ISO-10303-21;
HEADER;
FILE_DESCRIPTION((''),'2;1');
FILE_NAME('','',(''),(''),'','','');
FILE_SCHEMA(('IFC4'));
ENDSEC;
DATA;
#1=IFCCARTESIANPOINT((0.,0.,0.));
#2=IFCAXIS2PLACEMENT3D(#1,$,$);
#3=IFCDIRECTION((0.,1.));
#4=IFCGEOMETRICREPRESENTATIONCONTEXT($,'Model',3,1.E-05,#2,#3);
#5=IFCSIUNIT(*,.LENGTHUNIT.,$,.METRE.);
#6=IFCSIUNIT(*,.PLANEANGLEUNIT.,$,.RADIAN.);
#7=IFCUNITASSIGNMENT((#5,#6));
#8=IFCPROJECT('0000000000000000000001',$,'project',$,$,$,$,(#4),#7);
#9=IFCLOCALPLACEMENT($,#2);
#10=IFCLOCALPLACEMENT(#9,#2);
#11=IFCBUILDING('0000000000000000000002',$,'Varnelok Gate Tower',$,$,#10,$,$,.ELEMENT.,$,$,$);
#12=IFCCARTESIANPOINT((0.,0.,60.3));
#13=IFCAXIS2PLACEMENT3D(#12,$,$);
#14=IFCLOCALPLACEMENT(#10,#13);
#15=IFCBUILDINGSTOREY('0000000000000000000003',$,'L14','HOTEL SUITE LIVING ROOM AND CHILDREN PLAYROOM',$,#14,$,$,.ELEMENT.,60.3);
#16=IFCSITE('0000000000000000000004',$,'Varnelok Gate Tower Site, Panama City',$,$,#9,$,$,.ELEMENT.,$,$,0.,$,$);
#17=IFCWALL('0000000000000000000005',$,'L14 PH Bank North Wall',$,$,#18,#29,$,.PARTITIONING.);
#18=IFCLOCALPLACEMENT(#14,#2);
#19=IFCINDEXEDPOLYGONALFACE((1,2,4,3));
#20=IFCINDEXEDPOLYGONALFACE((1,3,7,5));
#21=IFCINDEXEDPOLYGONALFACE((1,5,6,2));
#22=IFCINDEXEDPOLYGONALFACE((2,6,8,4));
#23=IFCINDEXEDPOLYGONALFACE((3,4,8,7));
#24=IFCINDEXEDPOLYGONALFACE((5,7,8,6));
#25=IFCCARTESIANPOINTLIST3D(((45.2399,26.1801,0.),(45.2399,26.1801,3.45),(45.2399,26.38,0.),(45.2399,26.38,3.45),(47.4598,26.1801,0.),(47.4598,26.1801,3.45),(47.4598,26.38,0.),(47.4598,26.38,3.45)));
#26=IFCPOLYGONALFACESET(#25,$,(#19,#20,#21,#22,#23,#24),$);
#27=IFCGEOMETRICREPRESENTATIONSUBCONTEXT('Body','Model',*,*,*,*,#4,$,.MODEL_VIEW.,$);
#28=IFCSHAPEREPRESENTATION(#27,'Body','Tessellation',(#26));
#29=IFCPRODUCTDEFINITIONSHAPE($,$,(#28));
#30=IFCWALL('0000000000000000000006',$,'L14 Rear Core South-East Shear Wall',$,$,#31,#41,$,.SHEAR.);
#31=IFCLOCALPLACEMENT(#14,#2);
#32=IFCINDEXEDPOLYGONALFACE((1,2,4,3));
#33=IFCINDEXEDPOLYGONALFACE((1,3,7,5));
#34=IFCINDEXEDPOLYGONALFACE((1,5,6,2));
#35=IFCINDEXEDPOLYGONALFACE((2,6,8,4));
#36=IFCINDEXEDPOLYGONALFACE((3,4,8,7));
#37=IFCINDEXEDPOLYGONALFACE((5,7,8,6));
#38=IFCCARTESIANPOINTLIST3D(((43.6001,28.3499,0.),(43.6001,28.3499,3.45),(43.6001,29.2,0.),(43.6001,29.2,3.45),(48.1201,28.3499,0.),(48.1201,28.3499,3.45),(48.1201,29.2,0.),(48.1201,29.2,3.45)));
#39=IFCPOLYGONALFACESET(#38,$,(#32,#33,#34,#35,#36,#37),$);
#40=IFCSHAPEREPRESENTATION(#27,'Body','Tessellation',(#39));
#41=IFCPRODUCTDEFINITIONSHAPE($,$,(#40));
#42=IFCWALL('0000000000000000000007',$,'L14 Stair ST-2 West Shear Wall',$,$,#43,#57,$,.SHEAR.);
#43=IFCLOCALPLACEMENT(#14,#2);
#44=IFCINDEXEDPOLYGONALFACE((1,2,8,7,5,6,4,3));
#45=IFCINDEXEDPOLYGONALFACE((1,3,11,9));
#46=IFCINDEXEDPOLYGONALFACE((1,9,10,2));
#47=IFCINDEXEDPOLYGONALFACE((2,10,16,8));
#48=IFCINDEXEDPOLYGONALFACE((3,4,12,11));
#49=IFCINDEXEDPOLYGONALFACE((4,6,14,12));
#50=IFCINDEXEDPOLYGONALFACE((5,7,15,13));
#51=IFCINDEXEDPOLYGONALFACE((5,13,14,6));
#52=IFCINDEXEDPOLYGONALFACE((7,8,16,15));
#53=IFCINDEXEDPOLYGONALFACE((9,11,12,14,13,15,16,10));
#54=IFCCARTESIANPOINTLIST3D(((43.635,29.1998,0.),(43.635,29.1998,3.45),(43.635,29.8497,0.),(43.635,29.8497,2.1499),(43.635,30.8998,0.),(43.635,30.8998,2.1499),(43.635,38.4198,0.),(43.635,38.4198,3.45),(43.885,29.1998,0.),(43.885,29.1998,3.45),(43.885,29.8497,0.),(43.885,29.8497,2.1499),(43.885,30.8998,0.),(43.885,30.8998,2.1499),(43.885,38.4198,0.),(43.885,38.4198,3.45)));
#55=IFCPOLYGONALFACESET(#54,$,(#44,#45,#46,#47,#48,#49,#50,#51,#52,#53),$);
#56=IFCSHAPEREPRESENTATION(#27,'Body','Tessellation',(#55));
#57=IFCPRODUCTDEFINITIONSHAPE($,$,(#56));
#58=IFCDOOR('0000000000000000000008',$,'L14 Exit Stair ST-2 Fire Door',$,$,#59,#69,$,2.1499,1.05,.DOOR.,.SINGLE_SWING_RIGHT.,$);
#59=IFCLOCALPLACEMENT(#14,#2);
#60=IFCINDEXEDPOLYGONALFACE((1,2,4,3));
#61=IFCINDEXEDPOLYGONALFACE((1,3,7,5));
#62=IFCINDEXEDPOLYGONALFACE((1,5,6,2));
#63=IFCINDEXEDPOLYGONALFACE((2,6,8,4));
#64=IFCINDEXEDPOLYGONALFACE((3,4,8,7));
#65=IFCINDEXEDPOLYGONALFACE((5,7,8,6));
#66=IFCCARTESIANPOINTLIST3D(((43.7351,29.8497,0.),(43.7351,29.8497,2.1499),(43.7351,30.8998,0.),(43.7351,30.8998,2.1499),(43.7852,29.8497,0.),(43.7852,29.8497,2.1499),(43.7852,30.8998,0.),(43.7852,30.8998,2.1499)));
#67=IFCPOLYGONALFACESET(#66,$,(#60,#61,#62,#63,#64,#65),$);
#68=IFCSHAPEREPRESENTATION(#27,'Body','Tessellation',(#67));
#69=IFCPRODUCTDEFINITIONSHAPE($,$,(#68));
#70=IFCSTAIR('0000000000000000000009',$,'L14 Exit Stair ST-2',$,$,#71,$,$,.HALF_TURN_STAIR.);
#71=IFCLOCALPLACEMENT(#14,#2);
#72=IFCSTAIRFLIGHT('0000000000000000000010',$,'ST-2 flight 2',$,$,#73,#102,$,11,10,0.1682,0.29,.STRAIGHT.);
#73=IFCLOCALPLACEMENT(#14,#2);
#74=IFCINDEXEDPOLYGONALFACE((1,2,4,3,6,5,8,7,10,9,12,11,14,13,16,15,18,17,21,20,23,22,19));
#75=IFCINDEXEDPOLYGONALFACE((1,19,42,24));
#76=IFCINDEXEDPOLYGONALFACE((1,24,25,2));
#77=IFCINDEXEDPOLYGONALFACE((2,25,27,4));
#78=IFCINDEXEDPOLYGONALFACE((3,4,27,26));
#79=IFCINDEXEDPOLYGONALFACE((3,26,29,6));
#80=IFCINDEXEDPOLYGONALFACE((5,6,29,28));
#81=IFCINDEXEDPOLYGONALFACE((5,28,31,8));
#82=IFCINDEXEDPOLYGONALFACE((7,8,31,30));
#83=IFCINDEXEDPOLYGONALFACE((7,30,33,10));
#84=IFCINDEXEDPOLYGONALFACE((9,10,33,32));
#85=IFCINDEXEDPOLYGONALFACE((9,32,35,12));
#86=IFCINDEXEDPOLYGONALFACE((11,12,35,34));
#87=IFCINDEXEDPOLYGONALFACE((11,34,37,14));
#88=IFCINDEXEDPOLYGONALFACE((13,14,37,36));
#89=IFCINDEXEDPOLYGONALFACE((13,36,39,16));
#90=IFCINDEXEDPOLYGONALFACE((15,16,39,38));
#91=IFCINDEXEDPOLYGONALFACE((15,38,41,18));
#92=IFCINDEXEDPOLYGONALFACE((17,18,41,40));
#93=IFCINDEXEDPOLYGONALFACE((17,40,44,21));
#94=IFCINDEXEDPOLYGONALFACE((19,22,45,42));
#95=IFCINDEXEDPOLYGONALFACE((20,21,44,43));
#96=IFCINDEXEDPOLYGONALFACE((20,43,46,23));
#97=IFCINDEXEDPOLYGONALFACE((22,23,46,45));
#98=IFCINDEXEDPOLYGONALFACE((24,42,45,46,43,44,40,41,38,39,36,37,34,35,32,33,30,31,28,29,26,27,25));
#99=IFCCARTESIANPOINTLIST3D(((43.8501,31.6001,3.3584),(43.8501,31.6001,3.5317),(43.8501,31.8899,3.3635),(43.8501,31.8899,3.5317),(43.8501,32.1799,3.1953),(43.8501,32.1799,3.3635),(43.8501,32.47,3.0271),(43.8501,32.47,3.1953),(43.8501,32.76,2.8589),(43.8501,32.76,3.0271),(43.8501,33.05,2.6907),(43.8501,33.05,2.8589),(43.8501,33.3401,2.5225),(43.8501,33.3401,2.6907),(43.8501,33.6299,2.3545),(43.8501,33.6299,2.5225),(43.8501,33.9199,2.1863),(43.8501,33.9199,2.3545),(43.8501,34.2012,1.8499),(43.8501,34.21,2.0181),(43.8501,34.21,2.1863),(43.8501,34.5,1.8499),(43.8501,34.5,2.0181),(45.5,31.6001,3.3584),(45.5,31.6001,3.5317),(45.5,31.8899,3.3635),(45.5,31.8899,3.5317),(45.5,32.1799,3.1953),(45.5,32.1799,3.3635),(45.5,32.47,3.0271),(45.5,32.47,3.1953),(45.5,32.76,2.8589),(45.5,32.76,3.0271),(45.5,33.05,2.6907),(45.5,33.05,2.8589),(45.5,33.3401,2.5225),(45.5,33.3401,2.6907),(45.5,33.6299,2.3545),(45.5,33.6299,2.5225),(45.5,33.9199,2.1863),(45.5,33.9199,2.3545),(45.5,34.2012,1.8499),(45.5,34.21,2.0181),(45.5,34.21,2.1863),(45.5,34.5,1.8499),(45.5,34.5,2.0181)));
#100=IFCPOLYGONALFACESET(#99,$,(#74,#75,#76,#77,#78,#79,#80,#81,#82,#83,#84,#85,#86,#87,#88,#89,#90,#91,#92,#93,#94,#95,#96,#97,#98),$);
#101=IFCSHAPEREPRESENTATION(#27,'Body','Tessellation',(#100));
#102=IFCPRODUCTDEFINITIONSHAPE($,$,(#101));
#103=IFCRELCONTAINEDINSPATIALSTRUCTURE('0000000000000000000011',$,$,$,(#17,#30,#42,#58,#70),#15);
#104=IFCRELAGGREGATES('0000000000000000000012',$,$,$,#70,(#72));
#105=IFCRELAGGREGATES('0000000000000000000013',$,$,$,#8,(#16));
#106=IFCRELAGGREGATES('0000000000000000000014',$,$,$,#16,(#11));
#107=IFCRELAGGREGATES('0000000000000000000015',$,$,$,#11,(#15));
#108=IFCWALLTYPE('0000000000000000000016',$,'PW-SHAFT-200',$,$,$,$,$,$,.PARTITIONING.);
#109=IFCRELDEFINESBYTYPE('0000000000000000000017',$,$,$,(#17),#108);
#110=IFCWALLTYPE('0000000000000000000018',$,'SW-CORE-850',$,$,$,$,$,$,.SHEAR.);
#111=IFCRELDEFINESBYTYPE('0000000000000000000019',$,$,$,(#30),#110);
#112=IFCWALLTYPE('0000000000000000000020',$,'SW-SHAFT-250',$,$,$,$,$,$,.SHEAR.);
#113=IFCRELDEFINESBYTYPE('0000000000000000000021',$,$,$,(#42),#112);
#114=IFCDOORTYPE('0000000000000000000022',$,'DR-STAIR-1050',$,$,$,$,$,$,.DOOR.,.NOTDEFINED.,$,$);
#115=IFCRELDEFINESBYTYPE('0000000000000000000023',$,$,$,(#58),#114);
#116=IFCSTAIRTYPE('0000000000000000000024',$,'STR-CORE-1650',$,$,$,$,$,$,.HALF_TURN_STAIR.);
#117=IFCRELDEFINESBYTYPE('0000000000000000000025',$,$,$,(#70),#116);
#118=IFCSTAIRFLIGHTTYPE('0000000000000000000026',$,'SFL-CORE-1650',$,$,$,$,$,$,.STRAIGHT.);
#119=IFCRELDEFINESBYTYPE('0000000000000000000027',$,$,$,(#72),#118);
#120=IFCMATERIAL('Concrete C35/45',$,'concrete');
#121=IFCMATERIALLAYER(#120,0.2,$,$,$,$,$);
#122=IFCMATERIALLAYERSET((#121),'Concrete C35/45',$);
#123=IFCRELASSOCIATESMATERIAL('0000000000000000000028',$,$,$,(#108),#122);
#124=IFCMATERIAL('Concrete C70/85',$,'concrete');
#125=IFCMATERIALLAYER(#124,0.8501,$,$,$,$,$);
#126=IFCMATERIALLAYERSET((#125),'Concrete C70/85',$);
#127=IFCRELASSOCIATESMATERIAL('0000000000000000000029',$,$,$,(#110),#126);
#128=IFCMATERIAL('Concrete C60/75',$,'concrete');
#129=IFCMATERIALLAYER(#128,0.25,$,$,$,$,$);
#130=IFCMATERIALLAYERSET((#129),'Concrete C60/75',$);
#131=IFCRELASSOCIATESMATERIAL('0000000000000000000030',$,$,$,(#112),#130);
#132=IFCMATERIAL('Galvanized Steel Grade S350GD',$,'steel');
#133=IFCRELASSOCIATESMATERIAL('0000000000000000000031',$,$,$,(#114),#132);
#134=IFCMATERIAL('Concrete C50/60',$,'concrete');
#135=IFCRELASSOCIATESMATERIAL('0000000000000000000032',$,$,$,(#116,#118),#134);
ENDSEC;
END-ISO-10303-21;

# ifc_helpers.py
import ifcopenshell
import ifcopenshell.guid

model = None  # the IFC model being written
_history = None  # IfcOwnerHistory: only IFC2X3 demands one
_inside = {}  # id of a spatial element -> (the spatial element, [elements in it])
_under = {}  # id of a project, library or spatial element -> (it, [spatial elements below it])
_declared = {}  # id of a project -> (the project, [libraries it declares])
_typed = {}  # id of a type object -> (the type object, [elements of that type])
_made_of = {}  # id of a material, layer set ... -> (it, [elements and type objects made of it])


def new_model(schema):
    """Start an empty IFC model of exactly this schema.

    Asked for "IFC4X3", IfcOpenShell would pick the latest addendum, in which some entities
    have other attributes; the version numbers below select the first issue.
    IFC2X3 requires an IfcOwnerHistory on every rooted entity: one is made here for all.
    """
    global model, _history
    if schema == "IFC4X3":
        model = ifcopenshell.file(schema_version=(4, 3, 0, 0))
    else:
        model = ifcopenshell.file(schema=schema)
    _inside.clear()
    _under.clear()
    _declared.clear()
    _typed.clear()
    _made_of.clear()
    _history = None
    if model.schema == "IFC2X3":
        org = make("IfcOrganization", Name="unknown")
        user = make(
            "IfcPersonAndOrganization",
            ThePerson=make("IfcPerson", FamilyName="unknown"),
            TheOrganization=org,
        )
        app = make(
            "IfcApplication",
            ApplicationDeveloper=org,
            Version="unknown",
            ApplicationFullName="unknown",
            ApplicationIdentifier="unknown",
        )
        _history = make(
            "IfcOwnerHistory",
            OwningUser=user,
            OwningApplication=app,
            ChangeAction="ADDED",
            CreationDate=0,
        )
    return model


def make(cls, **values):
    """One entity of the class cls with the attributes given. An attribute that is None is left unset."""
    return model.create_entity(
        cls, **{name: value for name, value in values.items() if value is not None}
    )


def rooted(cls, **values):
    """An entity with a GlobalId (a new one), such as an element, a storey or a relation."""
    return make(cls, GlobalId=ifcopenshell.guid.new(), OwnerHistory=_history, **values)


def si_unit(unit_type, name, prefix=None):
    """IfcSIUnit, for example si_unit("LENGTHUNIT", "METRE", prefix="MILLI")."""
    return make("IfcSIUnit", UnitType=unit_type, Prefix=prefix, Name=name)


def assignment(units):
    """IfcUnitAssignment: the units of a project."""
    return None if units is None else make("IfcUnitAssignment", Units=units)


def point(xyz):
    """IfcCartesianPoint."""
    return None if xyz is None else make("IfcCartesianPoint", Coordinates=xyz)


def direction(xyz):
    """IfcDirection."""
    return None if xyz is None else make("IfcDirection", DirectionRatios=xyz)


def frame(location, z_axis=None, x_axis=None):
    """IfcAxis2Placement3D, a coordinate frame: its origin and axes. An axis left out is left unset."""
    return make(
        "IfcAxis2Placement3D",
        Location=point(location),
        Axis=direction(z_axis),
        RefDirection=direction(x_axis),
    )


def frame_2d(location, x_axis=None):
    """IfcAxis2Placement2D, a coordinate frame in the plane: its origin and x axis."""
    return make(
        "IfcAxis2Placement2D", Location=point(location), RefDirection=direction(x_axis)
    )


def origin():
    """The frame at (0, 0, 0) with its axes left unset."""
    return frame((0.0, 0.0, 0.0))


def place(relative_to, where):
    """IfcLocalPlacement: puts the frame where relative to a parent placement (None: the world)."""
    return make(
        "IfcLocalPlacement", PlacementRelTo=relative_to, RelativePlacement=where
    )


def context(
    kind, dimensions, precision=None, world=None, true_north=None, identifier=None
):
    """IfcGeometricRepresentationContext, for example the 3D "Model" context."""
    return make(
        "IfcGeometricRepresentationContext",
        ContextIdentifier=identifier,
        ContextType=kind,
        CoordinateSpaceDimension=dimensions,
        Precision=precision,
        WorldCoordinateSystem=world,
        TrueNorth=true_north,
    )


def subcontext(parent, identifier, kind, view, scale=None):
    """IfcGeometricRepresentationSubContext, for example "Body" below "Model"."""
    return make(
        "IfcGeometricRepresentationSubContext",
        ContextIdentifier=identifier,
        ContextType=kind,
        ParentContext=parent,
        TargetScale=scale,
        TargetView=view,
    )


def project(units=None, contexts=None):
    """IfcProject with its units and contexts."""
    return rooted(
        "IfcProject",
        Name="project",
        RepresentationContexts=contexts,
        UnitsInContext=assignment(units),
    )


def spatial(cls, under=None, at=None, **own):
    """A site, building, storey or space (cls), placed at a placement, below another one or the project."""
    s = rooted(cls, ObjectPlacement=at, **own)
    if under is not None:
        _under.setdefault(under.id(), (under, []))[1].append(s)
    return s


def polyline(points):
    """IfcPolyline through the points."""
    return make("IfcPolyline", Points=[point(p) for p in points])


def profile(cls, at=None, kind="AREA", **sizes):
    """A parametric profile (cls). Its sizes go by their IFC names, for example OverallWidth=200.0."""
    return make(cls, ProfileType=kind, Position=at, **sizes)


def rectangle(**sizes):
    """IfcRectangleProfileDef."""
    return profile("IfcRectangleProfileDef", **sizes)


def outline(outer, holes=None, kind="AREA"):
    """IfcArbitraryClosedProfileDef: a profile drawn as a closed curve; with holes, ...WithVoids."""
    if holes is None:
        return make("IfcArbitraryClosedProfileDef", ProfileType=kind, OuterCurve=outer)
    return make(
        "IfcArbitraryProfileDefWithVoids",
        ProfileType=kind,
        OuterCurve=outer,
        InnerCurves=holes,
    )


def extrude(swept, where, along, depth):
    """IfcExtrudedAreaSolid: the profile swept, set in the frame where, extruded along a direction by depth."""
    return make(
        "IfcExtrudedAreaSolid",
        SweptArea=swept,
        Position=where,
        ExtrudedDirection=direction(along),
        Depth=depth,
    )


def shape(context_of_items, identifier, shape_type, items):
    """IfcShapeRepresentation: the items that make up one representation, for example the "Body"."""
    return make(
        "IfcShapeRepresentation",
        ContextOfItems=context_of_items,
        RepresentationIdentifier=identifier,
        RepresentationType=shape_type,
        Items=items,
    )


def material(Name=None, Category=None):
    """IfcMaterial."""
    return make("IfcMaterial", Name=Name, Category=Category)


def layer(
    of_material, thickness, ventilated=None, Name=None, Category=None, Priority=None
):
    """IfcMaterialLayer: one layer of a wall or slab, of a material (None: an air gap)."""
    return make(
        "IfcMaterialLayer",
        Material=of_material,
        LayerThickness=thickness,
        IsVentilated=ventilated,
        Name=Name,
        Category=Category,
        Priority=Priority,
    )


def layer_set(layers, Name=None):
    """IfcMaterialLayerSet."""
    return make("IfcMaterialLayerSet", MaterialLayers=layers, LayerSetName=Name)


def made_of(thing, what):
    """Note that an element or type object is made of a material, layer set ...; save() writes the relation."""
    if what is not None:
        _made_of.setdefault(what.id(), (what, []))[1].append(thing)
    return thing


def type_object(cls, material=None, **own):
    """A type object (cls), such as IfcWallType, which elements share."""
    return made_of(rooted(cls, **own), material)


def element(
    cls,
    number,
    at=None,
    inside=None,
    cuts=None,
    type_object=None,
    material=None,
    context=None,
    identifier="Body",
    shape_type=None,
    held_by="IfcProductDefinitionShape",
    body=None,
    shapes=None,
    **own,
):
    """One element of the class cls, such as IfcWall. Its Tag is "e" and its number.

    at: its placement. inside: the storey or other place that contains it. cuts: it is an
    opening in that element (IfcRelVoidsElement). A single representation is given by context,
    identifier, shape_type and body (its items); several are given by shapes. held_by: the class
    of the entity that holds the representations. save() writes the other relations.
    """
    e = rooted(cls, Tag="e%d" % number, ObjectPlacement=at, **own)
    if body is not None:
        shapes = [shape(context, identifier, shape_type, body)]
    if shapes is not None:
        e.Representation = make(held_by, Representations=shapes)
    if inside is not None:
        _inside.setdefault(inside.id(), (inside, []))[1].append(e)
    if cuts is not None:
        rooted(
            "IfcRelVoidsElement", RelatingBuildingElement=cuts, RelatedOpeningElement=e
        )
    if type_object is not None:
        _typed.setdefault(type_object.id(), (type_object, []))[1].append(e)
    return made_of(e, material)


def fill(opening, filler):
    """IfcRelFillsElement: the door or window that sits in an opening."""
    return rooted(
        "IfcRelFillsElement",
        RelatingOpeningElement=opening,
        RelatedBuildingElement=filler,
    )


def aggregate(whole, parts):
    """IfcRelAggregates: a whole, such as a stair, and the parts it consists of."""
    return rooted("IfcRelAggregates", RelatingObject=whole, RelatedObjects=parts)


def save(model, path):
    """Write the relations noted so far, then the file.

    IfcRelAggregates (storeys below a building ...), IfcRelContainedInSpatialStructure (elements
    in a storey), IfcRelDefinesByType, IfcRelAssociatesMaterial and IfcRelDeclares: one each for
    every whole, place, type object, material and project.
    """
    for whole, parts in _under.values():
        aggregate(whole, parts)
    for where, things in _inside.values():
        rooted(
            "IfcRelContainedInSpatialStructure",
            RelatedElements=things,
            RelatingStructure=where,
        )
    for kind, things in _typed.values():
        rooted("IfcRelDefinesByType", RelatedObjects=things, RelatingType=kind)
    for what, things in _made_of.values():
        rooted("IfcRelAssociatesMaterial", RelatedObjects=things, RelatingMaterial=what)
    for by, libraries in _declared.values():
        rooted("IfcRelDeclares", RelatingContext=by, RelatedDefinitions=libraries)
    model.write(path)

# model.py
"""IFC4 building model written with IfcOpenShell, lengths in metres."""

from ifc_helpers import new_model, si_unit, direction, frame, frame_2d, origin, place, context, subcontext, project, spatial, polyline, rectangle, outline, extrude, material, layer, layer_set, type_object, element, fill, aggregate, save


model = new_model("IFC4")

# Units and contexts
model_context = context("Model", 3, precision=1e-05, world=origin(), true_north=direction((0.0, 1.0)))
body_context = subcontext(model_context, "Body", "Model", "MODEL_VIEW")
ifc_project = project(units=[si_unit("LENGTHUNIT", "METRE"), si_unit("PLANEANGLEUNIT", "RADIAN")], contexts=[model_context])

# Site, building, storey
site_placement = place(None, origin())
site = spatial("IfcSite", under=ifc_project, at=site_placement, Name="Varnelok Gate Tower Site, Panama City", CompositionType="ELEMENT", RefElevation=0.0)
building_placement = place(site_placement, origin())
building = spatial("IfcBuilding", under=site, at=building_placement, Name="Varnelok Gate Tower", CompositionType="ELEMENT")
storey_placement = place(building_placement, frame((0.0, 0.0, 60.3)))
storey = spatial("IfcBuildingStorey", under=building, at=storey_placement, Name="L14", Description="HOTEL SUITE LIVING ROOM AND CHILDREN PLAYROOM", CompositionType="ELEMENT", Elevation=60.3)

# Shared definitions
ifc_material_1 = material(Name="Concrete C70/85", Category="concrete")

# Shared definitions
ifc_material_2 = material(Name="Galvanized Steel Grade S350GD", Category="steel")

# Shared definitions
ifc_material_3 = material(Name="Concrete C35/45", Category="concrete")
ifc_layer_1 = layer(ifc_material_3, 0.2)
ifc_layer_set_1 = layer_set([ifc_layer_1], Name="Concrete C35/45")
wall_type_1 = type_object("IfcWallType", Name="PW-SHAFT-200", PredefinedType="PARTITIONING", material=ifc_layer_set_1)

# Walls
for number, where, z_axis, x_axis, name in (
    (1, (45.24, 26.28, 0.0), (0.0, 0.0, 1.0), (1.0, 0.0, 0.0), "L14 PH Bank North Wall"),
):
    element("IfcWall", number, at=place(storey_placement, frame(where, z_axis=z_axis, x_axis=x_axis)), inside=storey, type_object=wall_type_1, Name=name, PredefinedType="PARTITIONING", context=body_context, shape_type="SweptSolid", body=[
        extrude(rectangle(XDim=2.22, YDim=0.2, at=frame_2d((1.1099, 0.0))), origin(), (0.0, 0.0, 1.0), 3.45),
    ])
ifc_layer_2 = layer(ifc_material_1, 0.8501)
ifc_layer_set_2 = layer_set([ifc_layer_2], Name="Concrete C70/85")
wall_type_2 = type_object("IfcWallType", Name="SW-CORE-850", PredefinedType="SHEAR", material=ifc_layer_set_2)
wall_1_placement = place(storey_placement, frame((43.6001, 28.7749, 0.0), z_axis=(0.0, 0.0, 1.0), x_axis=(1.0, 0.0, 0.0)))
element("IfcWall", 2, at=wall_1_placement, inside=storey, type_object=wall_type_2, Name="L14 Rear Core South-East Shear Wall", PredefinedType="SHEAR", context=body_context, shape_type="SweptSolid", body=[
    extrude(rectangle(XDim=4.52, YDim=0.8501, at=frame_2d((2.26, 0.0))), origin(), (0.0, 0.0, 1.0), 3.45),
])

# Wall, opening, door
ifc_material_4 = material(Name="Concrete C60/75", Category="concrete")
ifc_layer_3 = layer(ifc_material_4, 0.25)
ifc_layer_set_3 = layer_set([ifc_layer_3], Name="Concrete C60/75")
wall_type_3 = type_object("IfcWallType", Name="SW-SHAFT-250", PredefinedType="SHEAR", material=ifc_layer_set_3)
wall_2_placement = place(storey_placement, frame((43.76, 29.2, 0.0), z_axis=(0.0, 0.0, 1.0), x_axis=(0.0, 1.0, 0.0)))
wall_2 = element("IfcWall", 3, at=wall_2_placement, inside=storey, type_object=wall_type_3, Name="L14 Stair ST-2 West Shear Wall", PredefinedType="SHEAR", context=body_context, shape_type="SweptSolid", body=[
    extrude(rectangle(XDim=9.22, YDim=0.25, at=frame_2d((4.6099, 0.0))), origin(), (0.0, 0.0, 1.0), 3.45),
])
opening_1_placement = place(wall_2_placement, frame((0.6499, 0.0, 0.0)))
opening_1 = element("IfcOpeningElement", 4, at=opening_1_placement, cuts=wall_2, PredefinedType="OPENING", context=body_context, shape_type="SweptSolid", body=[
    extrude(rectangle(XDim=1.05, YDim=2.1499, at=frame_2d((0.5249, 1.075))), frame((0.0, 0.135, 0.0), z_axis=(0.0, -1.0, 0.0), x_axis=(1.0, 0.0, 0.0)), (0.0, 0.0, 1.0), 0.27),
])
door_type_1 = type_object("IfcDoorType", Name="DR-STAIR-1050", OperationType="NOTDEFINED", PredefinedType="DOOR", material=ifc_material_2)
door_1_placement = place(opening_1_placement, origin())
door_1 = element("IfcDoor", 5, at=door_1_placement, inside=storey, type_object=door_type_1, Name="L14 Exit Stair ST-2 Fire Door", OperationType="SINGLE_SWING_RIGHT", OverallHeight=2.1499, OverallWidth=1.05, PredefinedType="DOOR", context=body_context, shape_type="SweptSolid", body=[
    extrude(rectangle(XDim=1.05, YDim=2.1499, at=frame_2d((0.5249, 1.075))), frame((0.0, 0.0249, 0.0), z_axis=(0.0, -1.0, 0.0), x_axis=(1.0, 0.0, 0.0)), (0.0, 0.0, 1.0), 0.05),
])
fill(opening_1, door_1)

# Stair, stair flight
ifc_material_5 = material(Name="Concrete C50/60", Category="concrete")
stair_type = type_object("IfcStairType", Name="STR-CORE-1650", PredefinedType="HALF_TURN_STAIR", material=ifc_material_5)
stair_placement = place(storey_placement, origin())
stair = element("IfcStair", 6, at=stair_placement, inside=storey, type_object=stair_type, Name="L14 Exit Stair ST-2", PredefinedType="HALF_TURN_STAIR")
stair_flight_type = type_object("IfcStairFlightType", Name="SFL-CORE-1650", PredefinedType="STRAIGHT", material=ifc_material_5)
stair_flight_placement = place(storey_placement, frame((44.675, 34.5, 1.8499), z_axis=(0.0, 0.0, 1.0), x_axis=(0.0, -1.0, 0.0)))
stair_flight = element("IfcStairFlight", 7, at=stair_flight_placement, type_object=stair_flight_type, Name="ST-2 flight 2", NumberOfRisers=11, NumberOfTreads=10, PredefinedType="STRAIGHT", RiserHeight=0.1682, TreadLength=0.29, context=body_context, shape_type="SweptSolid", body=[
    extrude(outline(polyline([(0.0, 0.0), (0.0, 0.1682), (0.29, 0.1682), (0.29, 0.3364), (0.5801, 0.3364), (0.5801, 0.5046), (0.8701, 0.5046), (0.8701, 0.6726), (1.1599, 0.6726), (1.1599, 0.8408), (1.45, 0.8408), (1.45, 1.009), (1.74, 1.009), (1.74, 1.1772), (2.03, 1.1772), (2.03, 1.3455), (2.3201, 1.3455), (2.3201, 1.5137), (2.6101, 1.5137), (2.6101, 1.6819), (2.8999, 1.6819), (2.8999, 1.8501), (2.8999, 1.5085), (0.2988, 0.0), (0.0, 0.0)])), frame((0.0, 0.825, 0.0), z_axis=(0.0, -1.0, 0.0), x_axis=(1.0, 0.0, 0.0)), (0.0, 0.0, 1.0), 1.6499),
])
aggregate(stair, [stair_flight])

save(model, "model.ifc")
